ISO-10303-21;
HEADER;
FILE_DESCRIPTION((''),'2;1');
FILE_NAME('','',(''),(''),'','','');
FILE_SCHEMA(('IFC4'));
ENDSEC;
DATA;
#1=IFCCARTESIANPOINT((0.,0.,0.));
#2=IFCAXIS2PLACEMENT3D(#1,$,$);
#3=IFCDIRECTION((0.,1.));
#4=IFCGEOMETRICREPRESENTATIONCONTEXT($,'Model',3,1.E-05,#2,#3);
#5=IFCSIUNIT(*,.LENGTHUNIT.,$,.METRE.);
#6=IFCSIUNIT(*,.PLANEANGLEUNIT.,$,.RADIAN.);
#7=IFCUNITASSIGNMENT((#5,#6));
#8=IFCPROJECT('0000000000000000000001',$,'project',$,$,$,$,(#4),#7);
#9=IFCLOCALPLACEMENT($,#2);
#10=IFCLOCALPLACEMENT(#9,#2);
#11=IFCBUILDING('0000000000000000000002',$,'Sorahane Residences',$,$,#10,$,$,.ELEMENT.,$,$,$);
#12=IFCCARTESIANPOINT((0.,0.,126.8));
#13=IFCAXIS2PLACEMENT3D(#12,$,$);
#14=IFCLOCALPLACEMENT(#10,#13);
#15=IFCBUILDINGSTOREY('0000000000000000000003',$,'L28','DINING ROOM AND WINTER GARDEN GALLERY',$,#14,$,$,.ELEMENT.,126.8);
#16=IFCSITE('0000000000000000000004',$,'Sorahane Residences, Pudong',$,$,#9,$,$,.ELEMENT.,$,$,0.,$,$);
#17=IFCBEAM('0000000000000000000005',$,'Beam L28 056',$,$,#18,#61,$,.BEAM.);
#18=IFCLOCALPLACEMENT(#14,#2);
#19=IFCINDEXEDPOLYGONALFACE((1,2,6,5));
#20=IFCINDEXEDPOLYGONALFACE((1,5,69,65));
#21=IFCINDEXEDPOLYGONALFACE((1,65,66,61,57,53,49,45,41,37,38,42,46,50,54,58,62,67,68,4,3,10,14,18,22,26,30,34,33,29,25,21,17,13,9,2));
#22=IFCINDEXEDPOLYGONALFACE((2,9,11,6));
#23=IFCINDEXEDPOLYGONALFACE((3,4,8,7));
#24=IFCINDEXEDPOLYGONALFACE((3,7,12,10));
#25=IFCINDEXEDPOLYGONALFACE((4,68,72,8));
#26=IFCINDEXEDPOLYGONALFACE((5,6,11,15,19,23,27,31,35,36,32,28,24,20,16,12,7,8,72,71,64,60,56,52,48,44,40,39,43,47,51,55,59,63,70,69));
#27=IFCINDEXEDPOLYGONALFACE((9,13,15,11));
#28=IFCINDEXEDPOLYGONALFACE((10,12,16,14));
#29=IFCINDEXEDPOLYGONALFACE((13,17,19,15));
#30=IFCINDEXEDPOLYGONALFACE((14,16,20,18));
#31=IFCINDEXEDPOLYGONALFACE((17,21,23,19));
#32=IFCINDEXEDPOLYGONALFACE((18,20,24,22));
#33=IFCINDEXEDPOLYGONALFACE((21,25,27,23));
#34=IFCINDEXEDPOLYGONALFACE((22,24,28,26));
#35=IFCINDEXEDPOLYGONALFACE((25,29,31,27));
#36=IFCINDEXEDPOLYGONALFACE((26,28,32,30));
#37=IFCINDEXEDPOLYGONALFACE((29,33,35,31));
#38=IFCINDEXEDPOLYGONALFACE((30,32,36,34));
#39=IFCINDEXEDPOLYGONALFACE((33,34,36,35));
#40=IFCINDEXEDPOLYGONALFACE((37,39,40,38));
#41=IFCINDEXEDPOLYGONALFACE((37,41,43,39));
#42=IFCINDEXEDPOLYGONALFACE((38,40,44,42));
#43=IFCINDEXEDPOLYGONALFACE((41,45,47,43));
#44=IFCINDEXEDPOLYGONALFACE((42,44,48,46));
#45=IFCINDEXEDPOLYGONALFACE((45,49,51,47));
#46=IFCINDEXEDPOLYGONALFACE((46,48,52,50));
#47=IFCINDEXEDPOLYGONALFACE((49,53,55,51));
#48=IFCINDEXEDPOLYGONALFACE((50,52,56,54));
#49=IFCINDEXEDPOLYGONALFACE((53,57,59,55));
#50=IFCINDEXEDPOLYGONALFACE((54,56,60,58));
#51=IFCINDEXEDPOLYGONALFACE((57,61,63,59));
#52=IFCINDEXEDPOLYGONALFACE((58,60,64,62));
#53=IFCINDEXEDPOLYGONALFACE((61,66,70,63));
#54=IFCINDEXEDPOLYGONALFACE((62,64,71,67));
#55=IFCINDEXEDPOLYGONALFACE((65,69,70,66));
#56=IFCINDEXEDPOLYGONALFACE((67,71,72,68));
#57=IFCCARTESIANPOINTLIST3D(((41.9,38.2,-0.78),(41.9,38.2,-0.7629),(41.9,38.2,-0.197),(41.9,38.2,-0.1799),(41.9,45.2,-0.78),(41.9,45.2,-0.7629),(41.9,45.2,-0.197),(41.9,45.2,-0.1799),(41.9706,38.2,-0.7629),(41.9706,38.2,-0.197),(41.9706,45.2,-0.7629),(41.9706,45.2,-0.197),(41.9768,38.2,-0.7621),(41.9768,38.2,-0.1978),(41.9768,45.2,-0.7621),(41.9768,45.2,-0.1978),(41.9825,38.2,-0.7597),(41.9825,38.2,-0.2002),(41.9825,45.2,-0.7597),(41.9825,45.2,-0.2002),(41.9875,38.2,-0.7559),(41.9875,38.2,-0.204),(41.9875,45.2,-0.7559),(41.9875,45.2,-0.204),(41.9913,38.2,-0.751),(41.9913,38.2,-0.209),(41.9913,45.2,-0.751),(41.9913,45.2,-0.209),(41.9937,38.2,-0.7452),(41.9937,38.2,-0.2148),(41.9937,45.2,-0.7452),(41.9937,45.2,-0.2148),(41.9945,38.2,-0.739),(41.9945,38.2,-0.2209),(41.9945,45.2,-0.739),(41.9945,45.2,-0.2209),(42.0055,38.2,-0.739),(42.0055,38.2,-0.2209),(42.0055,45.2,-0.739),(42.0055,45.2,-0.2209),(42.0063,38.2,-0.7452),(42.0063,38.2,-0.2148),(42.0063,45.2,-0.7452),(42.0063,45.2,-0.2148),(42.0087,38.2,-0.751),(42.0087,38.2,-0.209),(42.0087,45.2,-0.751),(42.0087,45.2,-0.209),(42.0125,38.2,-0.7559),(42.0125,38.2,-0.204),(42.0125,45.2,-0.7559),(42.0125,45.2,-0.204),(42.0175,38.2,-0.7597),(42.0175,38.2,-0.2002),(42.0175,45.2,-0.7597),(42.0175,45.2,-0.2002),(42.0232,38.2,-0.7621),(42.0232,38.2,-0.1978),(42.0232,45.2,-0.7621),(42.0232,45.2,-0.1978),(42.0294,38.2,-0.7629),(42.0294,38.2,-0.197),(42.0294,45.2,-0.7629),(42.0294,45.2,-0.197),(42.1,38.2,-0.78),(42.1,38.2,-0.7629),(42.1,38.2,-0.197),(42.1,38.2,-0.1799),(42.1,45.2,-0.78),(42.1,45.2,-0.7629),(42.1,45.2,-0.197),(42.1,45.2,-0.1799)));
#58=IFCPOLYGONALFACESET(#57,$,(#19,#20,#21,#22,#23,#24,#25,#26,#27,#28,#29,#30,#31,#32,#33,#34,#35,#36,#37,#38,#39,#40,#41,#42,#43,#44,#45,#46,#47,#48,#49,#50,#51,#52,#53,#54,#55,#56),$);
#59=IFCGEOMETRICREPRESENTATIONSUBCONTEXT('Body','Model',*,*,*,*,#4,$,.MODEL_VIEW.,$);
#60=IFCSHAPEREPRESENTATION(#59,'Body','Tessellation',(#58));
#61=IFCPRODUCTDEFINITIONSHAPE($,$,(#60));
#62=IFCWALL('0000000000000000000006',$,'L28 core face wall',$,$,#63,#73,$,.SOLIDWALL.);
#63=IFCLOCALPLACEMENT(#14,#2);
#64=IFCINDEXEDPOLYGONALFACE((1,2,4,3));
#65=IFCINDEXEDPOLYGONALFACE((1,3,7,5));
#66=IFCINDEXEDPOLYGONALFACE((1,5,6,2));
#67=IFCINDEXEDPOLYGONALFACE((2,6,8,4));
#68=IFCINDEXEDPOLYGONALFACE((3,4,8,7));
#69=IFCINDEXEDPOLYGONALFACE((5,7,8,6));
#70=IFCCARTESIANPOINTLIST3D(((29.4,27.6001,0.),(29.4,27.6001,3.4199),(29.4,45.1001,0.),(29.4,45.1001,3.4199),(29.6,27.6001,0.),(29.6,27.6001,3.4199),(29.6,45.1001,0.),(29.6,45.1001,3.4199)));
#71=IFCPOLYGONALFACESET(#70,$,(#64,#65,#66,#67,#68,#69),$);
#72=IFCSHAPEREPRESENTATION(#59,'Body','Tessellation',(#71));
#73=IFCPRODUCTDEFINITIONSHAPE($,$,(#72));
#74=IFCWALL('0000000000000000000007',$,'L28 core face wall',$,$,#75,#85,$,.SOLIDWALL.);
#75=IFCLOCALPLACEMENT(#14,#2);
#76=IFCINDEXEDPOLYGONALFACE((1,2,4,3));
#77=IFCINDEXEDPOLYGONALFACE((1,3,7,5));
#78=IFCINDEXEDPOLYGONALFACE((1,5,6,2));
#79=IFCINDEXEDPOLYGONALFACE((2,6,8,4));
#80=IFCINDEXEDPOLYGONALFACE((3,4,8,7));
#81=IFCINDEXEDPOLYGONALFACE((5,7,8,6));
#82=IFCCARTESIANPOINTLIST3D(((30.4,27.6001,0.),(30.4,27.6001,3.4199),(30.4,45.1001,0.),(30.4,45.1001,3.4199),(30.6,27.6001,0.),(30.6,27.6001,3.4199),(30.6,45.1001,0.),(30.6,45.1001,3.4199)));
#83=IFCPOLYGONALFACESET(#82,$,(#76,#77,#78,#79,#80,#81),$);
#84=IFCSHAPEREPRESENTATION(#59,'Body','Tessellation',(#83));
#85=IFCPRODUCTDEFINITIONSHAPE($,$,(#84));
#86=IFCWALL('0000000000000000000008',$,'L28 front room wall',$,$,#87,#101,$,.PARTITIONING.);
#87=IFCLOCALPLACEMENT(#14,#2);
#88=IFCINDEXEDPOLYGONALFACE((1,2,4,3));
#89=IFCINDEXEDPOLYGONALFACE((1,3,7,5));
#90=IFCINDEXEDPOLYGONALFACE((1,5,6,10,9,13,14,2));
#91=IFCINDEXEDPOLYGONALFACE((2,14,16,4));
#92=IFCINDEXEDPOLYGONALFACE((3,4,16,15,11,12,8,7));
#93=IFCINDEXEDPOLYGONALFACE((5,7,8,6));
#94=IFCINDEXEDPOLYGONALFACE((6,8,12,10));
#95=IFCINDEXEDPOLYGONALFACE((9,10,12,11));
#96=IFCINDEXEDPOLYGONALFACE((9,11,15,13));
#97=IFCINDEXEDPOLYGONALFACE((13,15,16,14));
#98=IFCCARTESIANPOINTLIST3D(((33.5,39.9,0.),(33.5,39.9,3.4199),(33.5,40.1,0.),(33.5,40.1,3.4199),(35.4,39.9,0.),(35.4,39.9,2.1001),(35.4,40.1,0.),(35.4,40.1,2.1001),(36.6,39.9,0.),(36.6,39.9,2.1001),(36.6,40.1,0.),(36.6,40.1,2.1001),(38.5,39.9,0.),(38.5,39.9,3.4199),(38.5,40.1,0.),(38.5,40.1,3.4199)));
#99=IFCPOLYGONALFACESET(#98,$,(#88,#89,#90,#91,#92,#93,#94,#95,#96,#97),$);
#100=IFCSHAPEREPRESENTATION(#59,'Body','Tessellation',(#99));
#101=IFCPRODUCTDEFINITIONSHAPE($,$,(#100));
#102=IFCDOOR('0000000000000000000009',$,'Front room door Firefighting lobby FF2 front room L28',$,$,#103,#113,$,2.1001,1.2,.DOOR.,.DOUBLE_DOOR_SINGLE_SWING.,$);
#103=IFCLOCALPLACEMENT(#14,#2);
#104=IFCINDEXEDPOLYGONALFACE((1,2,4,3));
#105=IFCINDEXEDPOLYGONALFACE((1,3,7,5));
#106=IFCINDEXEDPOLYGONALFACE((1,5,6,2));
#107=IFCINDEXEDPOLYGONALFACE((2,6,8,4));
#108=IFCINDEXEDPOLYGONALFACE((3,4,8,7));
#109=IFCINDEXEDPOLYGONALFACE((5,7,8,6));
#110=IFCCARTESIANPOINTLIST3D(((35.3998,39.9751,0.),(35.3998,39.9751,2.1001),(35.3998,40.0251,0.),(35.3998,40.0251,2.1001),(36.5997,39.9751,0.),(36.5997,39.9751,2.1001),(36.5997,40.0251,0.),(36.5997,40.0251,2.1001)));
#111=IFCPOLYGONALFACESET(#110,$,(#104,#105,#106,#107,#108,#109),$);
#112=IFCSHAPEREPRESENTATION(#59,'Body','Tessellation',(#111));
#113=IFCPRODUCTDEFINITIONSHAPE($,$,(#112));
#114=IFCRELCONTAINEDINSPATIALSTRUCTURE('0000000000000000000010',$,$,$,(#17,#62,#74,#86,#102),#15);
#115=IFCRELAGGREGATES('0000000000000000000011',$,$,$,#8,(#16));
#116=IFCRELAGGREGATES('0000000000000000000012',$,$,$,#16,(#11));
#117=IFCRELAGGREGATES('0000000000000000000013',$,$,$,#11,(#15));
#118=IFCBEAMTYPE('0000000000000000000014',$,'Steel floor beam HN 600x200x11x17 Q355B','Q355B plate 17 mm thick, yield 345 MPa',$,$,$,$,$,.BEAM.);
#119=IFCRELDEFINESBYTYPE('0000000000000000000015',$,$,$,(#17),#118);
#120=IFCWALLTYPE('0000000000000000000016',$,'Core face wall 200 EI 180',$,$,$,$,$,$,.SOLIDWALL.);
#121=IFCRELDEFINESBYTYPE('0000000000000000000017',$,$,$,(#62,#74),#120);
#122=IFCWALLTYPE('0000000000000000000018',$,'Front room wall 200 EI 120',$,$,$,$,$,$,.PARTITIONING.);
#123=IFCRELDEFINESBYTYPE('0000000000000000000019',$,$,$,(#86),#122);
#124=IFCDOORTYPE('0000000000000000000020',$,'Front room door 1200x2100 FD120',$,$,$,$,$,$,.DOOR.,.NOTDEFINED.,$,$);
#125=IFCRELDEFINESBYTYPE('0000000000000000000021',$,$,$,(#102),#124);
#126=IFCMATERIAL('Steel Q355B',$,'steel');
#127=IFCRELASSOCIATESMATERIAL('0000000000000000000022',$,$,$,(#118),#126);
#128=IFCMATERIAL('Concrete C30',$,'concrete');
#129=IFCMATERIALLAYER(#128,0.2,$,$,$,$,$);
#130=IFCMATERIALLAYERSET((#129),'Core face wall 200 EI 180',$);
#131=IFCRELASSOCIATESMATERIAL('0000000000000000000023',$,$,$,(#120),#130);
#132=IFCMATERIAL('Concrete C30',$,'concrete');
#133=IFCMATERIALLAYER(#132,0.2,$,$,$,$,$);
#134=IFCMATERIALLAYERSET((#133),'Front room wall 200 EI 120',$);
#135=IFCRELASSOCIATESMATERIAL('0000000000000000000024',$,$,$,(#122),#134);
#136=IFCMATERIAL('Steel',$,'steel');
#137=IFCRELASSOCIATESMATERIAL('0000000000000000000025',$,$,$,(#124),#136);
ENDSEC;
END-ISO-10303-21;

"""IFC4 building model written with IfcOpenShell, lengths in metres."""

from ifc_helpers import new_model, si_unit, direction, frame, frame_2d, origin, origin_2d, place, context, subcontext, project, spatial, rectangle, i_section, extrude, material, layer, layer_set, material_profile, profile_set, type_object, element, fill, save


model = new_model("IFC4")

# Units and contexts
model_context = context("Model", 3, precision=1e-05, world=origin(), true_north=direction((0.0, 1.0)))
body_context = subcontext(model_context, "Body", "Model", "MODEL_VIEW")
ifc_project = project(units=[si_unit("LENGTHUNIT", "METRE"), si_unit("PLANEANGLEUNIT", "RADIAN")], contexts=[model_context])

# Site, building, storey
site_placement = place(None, origin())
site = spatial("IfcSite", under=ifc_project, at=site_placement, Name="Sorahane Residences, Pudong", CompositionType="ELEMENT", RefElevation=0.0)
building_placement = place(site_placement, origin())
building = spatial("IfcBuilding", under=site, at=building_placement, Name="Sorahane Residences", CompositionType="ELEMENT")
storey_placement = place(building_placement, frame((0.0, 0.0, 126.8)))
storey = spatial("IfcBuildingStorey", under=building, at=storey_placement, Name="L28", Description="DINING ROOM AND WINTER GARDEN GALLERY", CompositionType="ELEMENT", Elevation=126.8)

# Beam
ifc_material_1 = material(Name="Steel Q355B", Category="steel")
ifc_material_profile_1 = material_profile(ifc_material_1, i_section(OverallWidth=0.2, OverallDepth=0.6001, WebThickness=0.011, FlangeThickness=0.0171, FilletRadius=0.0239, at=origin_2d()), Name="HN 600x200x11x17")
ifc_profile_set_1 = profile_set([ifc_material_profile_1], Name="Steel Q355B")
beam_type_1 = type_object("IfcBeamType", Name="Steel floor beam HN 600x200x11x17 Q355B", Description="Q355B plate 17 mm thick, yield 345 MPa", PredefinedType="BEAM", material=ifc_profile_set_1)
for number, where, z_axis, x_axis, name in (
    (1, (42.0, 38.2, -0.48), (0.0, 1.0, 0.0), (-1.0, 0.0, 0.0), "Beam L28 056"),
):
    element("IfcBeam", number, at=place(storey_placement, frame(where, z_axis=z_axis, x_axis=x_axis)), inside=storey, type_object=beam_type_1, Name=name, PredefinedType="BEAM", context=body_context, shape_type="SweptSolid", body=[
        extrude(i_section(OverallWidth=0.2, OverallDepth=0.6001, WebThickness=0.011, FlangeThickness=0.0171, FilletRadius=0.0239, at=origin_2d()), origin(), (0.0, 0.0, 1.0), 7.0),
    ])

# Walls
ifc_material_2 = material(Name="Concrete C30", Category="concrete")
ifc_layer_1 = layer(ifc_material_2, 0.2)
ifc_layer_set_1 = layer_set([ifc_layer_1], Name="Core face wall 200 EI 180")
wall_type_1 = type_object("IfcWallType", Name="Core face wall 200 EI 180", PredefinedType="SOLIDWALL", material=ifc_layer_set_1)
for number, where, z_axis, x_axis, name in (
    (2, (29.5, 27.6001, 0.0), (0.0, 0.0, 1.0), (0.0, 1.0, 0.0), "L28 core face wall"),
    (3, (30.5, 27.6001, 0.0), (0.0, 0.0, 1.0), (0.0, 1.0, 0.0), "L28 core face wall"),
):
    element("IfcWall", number, at=place(storey_placement, frame(where, z_axis=z_axis, x_axis=x_axis)), inside=storey, type_object=wall_type_1, Name=name, PredefinedType="SOLIDWALL", context=body_context, shape_type="SweptSolid", body=[
        extrude(rectangle(XDim=17.5, YDim=0.2, at=frame_2d((8.75, 0.0))), origin(), (0.0, 0.0, 1.0), 3.4199),
    ])

# Wall, opening, door
ifc_material_3 = material(Name="Concrete C30", Category="concrete")
ifc_layer_2 = layer(ifc_material_3, 0.2)
ifc_layer_set_2 = layer_set([ifc_layer_2], Name="Front room wall 200 EI 120")
wall_type_2 = type_object("IfcWallType", Name="Front room wall 200 EI 120", PredefinedType="PARTITIONING", material=ifc_layer_set_2)
wall_1_placement = place(storey_placement, frame((33.5, 40.0, 0.0), z_axis=(0.0, 0.0, 1.0), x_axis=(1.0, 0.0, 0.0)))
wall_1 = element("IfcWall", 4, at=wall_1_placement, inside=storey, type_object=wall_type_2, Name="L28 front room wall", PredefinedType="PARTITIONING", context=body_context, shape_type="SweptSolid", body=[
    extrude(rectangle(XDim=5.0, YDim=0.2, at=frame_2d((2.5, 0.0))), origin(), (0.0, 0.0, 1.0), 3.4199),
])
opening_1_placement = place(wall_1_placement, frame((1.8999, 0.0, 0.0)))
opening_1 = element("IfcOpeningElement", 5, at=opening_1_placement, cuts=wall_1, PredefinedType="OPENING", context=body_context, shape_type="SweptSolid", body=[
    extrude(rectangle(XDim=1.2, YDim=2.1001, at=frame_2d((0.6001, 1.05))), frame((0.0, 0.1099, 0.0), z_axis=(0.0, -1.0, 0.0), x_axis=(1.0, 0.0, 0.0)), (0.0, 0.0, 1.0), 0.22),
])
ifc_material_4 = material(Name="Steel", Category="steel")
door_type_1 = type_object("IfcDoorType", Name="Front room door 1200x2100 FD120", OperationType="NOTDEFINED", PredefinedType="DOOR", material=ifc_material_4)
door_1_placement = place(opening_1_placement, frame((1.2, 0.0, 0.0), z_axis=(0.0, 0.0, 1.0), x_axis=(-1.0, 0.0, 0.0)))
door_1 = element("IfcDoor", 6, at=door_1_placement, inside=storey, type_object=door_type_1, Name="Front room door Firefighting lobby FF2 front room L28", OperationType="DOUBLE_DOOR_SINGLE_SWING", OverallHeight=2.1001, OverallWidth=1.2, PredefinedType="DOOR", context=body_context, shape_type="SweptSolid", body=[
    extrude(rectangle(XDim=1.2, YDim=2.1001, at=frame_2d((0.6001, 1.05))), frame((0.0, 0.0249, 0.0), z_axis=(0.0, -1.0, 0.0), x_axis=(1.0, 0.0, 0.0)), (0.0, 0.0, 1.0), 0.05),
])
fill(opening_1, door_1)

save(model, "model.ifc")
